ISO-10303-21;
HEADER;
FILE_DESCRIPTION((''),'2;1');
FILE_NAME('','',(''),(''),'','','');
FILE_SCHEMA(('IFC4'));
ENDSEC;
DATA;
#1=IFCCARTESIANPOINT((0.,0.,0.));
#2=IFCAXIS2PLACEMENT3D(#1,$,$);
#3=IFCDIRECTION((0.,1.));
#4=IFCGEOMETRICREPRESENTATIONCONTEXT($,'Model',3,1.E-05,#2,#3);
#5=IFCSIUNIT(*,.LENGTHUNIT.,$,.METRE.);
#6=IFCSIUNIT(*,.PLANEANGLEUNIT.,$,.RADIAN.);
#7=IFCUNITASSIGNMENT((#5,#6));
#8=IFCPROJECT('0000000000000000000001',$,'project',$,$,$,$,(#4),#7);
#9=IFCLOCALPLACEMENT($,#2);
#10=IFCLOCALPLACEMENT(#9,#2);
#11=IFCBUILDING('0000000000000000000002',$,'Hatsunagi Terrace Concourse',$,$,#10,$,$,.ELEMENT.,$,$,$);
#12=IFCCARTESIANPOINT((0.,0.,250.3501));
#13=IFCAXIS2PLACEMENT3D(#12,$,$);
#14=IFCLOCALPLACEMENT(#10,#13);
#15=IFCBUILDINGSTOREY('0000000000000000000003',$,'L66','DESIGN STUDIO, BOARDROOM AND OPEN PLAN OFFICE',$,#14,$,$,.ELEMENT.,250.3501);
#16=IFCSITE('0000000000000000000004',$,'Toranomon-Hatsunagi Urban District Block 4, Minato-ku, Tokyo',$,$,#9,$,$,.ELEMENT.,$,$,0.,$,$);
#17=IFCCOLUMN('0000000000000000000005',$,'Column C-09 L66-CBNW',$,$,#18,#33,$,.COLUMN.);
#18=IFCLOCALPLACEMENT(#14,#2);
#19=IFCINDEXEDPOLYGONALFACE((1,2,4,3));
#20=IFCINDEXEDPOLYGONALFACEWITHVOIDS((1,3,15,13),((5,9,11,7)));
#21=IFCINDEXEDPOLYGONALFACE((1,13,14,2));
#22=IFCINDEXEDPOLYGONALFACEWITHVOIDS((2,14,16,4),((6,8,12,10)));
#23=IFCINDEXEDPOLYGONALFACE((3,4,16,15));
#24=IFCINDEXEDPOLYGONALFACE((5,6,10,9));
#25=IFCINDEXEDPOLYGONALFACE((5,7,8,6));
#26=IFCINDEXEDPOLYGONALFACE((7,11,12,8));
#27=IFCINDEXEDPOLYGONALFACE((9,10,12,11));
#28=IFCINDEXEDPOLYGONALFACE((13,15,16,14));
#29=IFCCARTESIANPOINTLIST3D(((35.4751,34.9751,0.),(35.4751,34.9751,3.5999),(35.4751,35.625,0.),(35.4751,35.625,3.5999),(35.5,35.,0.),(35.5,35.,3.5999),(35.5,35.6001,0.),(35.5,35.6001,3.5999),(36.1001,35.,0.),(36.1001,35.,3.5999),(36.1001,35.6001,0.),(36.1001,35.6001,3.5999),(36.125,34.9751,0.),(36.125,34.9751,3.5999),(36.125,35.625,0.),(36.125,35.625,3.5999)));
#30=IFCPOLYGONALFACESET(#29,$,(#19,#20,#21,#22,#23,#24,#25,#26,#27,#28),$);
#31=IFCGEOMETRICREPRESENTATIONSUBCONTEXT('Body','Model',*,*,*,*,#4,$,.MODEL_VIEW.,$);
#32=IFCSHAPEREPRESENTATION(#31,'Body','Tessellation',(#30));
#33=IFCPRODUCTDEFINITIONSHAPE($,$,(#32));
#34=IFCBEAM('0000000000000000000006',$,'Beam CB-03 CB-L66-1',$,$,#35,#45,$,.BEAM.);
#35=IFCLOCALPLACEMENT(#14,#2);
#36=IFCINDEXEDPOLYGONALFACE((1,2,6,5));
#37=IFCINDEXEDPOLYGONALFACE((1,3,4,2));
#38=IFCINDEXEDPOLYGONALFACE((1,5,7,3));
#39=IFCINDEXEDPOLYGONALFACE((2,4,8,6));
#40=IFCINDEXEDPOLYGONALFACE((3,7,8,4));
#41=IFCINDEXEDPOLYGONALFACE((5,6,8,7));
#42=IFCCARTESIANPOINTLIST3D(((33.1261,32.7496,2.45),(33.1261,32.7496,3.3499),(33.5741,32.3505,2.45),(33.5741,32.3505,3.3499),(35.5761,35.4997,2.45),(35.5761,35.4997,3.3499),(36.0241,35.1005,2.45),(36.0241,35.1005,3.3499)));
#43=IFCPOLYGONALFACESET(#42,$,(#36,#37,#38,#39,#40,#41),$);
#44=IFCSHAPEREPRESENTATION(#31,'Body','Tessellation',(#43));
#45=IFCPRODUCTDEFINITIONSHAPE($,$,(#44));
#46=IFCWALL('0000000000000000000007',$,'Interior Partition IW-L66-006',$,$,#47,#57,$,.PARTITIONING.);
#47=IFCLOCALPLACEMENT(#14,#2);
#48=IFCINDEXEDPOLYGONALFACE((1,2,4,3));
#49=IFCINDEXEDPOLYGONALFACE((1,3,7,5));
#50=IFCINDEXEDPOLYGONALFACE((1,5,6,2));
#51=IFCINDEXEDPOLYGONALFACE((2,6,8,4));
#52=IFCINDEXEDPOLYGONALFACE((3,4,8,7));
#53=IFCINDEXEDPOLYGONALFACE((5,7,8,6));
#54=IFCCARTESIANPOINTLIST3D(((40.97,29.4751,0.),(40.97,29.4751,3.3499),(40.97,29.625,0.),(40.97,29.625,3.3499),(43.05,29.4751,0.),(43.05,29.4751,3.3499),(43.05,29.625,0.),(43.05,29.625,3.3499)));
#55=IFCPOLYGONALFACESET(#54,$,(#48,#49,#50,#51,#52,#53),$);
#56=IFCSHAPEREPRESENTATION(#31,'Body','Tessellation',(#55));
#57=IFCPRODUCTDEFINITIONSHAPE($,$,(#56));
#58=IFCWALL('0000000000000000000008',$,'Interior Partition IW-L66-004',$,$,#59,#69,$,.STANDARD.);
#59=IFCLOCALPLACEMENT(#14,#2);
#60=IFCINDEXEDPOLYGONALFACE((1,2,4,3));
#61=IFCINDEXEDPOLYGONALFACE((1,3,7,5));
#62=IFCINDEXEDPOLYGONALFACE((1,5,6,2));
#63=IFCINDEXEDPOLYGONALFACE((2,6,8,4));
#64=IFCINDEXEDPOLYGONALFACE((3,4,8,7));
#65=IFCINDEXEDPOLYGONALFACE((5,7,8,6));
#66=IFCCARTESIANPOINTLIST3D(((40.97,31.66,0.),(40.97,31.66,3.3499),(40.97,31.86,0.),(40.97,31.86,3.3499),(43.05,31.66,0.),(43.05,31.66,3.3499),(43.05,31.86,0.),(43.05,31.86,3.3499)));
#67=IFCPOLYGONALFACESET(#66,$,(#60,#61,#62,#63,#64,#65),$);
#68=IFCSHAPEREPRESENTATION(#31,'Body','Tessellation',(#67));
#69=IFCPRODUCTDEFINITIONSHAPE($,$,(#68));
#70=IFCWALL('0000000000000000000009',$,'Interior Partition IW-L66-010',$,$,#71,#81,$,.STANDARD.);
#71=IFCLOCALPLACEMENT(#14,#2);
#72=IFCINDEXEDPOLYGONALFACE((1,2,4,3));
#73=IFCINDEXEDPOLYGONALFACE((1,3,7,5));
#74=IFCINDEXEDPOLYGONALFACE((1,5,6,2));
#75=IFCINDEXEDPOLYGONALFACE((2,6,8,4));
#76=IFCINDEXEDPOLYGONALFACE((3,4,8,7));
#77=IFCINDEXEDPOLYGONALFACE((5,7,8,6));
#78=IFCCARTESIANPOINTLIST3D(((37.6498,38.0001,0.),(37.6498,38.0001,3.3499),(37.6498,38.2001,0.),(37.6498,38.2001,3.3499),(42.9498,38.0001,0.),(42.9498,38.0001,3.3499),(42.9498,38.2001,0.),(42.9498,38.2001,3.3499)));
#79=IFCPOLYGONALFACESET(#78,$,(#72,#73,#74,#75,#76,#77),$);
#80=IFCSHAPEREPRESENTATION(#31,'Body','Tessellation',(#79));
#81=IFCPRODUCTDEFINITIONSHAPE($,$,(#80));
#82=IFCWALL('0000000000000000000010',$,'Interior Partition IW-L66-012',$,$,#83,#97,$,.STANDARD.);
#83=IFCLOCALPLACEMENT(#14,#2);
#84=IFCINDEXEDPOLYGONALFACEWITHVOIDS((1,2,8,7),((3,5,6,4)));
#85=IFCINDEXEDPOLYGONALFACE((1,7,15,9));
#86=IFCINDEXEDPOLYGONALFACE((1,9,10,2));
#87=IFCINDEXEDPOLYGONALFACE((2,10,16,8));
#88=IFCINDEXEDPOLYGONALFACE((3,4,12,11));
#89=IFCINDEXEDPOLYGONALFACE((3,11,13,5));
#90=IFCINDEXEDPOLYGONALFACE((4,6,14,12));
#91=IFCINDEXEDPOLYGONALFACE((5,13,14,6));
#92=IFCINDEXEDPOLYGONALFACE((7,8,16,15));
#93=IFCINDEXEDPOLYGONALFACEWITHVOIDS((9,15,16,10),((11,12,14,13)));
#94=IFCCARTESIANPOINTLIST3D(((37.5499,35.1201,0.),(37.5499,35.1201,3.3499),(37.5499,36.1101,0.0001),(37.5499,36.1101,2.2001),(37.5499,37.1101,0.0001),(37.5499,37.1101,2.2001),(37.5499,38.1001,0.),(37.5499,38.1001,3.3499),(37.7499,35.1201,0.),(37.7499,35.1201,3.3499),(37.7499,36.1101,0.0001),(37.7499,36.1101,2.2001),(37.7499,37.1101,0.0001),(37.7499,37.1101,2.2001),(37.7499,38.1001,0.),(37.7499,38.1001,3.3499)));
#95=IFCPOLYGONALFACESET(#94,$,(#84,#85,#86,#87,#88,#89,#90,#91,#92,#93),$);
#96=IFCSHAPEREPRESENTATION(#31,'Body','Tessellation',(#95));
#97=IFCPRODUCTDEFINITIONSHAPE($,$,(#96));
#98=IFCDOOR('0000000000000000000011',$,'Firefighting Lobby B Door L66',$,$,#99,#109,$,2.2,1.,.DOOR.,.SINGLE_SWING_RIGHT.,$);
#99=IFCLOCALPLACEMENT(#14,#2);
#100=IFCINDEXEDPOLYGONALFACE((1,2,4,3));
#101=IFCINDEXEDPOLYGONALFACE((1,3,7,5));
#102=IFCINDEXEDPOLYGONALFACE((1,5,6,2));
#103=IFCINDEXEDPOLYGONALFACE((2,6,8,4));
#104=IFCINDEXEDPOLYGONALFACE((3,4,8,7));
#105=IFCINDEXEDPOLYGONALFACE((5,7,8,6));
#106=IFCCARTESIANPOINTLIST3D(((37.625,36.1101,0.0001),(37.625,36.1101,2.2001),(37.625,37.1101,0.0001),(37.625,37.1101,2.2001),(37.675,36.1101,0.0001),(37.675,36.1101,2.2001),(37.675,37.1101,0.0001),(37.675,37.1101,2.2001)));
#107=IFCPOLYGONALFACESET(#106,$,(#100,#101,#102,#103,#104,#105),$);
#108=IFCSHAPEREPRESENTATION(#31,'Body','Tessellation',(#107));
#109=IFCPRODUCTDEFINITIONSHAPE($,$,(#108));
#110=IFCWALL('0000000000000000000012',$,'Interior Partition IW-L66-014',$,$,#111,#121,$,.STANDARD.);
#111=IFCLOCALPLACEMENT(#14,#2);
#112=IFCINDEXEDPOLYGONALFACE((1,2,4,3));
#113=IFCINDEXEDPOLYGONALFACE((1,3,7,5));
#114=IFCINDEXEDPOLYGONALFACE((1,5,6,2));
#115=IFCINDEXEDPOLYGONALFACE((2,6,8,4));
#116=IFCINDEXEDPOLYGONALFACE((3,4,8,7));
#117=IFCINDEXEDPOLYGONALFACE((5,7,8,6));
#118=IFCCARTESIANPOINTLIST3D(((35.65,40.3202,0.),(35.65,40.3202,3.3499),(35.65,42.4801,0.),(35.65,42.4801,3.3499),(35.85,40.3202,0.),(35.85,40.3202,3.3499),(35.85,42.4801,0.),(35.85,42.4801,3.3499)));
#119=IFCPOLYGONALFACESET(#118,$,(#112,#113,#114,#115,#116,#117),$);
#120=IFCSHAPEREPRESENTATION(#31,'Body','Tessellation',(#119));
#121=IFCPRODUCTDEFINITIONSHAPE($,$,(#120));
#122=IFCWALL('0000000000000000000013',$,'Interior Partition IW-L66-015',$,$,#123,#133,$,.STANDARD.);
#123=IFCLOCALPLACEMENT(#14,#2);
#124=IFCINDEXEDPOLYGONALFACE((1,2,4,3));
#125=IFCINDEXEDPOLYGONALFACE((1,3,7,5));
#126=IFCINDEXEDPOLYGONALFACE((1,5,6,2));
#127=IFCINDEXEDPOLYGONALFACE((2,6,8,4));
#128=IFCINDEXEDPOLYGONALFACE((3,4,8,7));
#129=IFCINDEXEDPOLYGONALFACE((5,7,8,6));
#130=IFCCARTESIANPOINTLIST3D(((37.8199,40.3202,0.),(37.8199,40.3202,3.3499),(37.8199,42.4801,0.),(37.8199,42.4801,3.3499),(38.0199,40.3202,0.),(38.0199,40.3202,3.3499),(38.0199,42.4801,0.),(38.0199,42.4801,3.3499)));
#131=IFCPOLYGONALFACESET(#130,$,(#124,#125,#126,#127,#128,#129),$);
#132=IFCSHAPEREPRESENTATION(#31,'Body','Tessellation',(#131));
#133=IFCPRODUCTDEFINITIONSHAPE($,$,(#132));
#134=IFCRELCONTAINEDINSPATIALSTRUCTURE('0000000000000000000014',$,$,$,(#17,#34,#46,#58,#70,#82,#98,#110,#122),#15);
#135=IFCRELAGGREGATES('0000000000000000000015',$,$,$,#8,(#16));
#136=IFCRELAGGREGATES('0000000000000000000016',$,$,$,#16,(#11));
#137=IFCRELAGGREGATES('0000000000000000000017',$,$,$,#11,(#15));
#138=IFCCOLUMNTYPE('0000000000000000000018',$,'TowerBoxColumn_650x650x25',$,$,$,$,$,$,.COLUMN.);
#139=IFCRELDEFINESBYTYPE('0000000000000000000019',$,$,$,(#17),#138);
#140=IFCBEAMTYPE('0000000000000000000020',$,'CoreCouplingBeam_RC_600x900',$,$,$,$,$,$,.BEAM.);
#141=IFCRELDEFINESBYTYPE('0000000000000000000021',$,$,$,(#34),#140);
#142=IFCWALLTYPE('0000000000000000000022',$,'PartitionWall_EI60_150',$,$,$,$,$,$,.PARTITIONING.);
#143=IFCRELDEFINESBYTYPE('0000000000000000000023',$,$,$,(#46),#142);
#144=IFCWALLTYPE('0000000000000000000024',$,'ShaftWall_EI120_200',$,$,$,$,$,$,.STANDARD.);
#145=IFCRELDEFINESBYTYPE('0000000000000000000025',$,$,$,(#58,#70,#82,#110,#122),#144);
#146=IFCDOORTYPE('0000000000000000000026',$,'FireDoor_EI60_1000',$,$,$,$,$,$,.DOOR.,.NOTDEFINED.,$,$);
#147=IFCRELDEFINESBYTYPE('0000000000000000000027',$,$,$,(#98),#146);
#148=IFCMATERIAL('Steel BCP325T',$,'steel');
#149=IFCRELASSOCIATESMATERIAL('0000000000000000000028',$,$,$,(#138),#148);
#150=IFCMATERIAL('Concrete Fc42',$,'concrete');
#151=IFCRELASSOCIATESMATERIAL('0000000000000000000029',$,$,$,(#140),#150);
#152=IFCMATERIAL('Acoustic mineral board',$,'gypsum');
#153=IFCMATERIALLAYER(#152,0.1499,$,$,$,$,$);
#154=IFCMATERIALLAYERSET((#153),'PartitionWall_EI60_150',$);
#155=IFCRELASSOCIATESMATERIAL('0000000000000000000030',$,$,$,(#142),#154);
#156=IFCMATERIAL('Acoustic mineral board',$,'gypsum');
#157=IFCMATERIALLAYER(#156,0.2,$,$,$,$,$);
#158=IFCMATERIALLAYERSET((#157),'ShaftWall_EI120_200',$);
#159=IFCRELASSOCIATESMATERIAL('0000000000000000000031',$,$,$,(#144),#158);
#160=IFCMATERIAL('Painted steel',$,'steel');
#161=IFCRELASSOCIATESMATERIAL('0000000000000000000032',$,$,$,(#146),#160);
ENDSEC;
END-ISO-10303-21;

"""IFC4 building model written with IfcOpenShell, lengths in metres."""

from ifc_helpers import new_model, si_unit, direction, frame, frame_2d, origin, origin_2d, place, context, subcontext, project, spatial, rectangle, hollow_rectangle, extrude, material, layer, layer_set, material_profile, profile_set, type_object, element, fill, save


model = new_model("IFC4")

# Units and contexts
model_context = context("Model", 3, precision=1e-05, world=origin(), true_north=direction((0.0, 1.0)))
body_context = subcontext(model_context, "Body", "Model", "MODEL_VIEW")
ifc_project = project(units=[si_unit("LENGTHUNIT", "METRE"), si_unit("PLANEANGLEUNIT", "RADIAN")], contexts=[model_context])

# Site, building, storey
site_placement = place(None, origin())
site = spatial("IfcSite", under=ifc_project, at=site_placement, Name="Toranomon-Hatsunagi Urban District Block 4, Minato-ku, Tokyo", CompositionType="ELEMENT", RefElevation=0.0)
building_placement = place(site_placement, origin())
building = spatial("IfcBuilding", under=site, at=building_placement, Name="Hatsunagi Terrace Concourse", CompositionType="ELEMENT")
storey_placement = place(building_placement, frame((0.0, 0.0, 250.3501)))
storey = spatial("IfcBuildingStorey", under=building, at=storey_placement, Name="L66", Description="DESIGN STUDIO, BOARDROOM AND OPEN PLAN OFFICE", CompositionType="ELEMENT", Elevation=250.3501)

# Column
ifc_material_1 = material(Name="Steel BCP325T", Category="steel")
ifc_material_profile_1 = material_profile(ifc_material_1, hollow_rectangle(XDim=0.6499, YDim=0.6499, WallThickness=0.0249, at=origin_2d()), Name="BCP-650x650x25")
ifc_profile_set_1 = profile_set([ifc_material_profile_1], Name="Steel BCP325T")
column_type = type_object("IfcColumnType", Name="TowerBoxColumn_650x650x25", PredefinedType="COLUMN", material=ifc_profile_set_1)
column_placement = place(storey_placement, frame((35.8, 35.3, 0.0), z_axis=(0.0, 0.0, 1.0), x_axis=(1.0, 0.0, 0.0)))
element("IfcColumn", 1, at=column_placement, inside=storey, type_object=column_type, Name="Column C-09 L66-CBNW", PredefinedType="COLUMN", context=body_context, shape_type="SweptSolid", body=[
    extrude(hollow_rectangle(XDim=0.6499, YDim=0.6499, WallThickness=0.0249, at=origin_2d()), origin(), (0.0, 0.0, 1.0), 3.5999),
])

# Beam
ifc_material_2 = material(Name="Concrete Fc42", Category="concrete")
ifc_material_profile_2 = material_profile(ifc_material_2, rectangle(XDim=0.6001, YDim=0.8999, at=origin_2d()), Name="RC-600x900")
ifc_profile_set_2 = profile_set([ifc_material_profile_2], Name="Concrete Fc42")
beam_type = type_object("IfcBeamType", Name="CoreCouplingBeam_RC_600x900", PredefinedType="BEAM", material=ifc_profile_set_2)
beam_placement = place(storey_placement, frame((33.3501, 32.55, 2.8999), z_axis=(0.665199, 0.746666, 0.0), x_axis=(-0.746666, 0.665199, 0.0)))
element("IfcBeam", 2, at=beam_placement, inside=storey, type_object=beam_type, Name="Beam CB-03 CB-L66-1", PredefinedType="BEAM", context=body_context, shape_type="SweptSolid", body=[
    extrude(rectangle(XDim=0.6001, YDim=0.8999, at=origin_2d()), origin(), (0.0, 0.0, 1.0), 3.6831),
])

# Walls
ifc_material_3 = material(Name="Acoustic mineral board", Category="gypsum")
ifc_layer_1 = layer(ifc_material_3, 0.1499)
ifc_layer_set_1 = layer_set([ifc_layer_1], Name="PartitionWall_EI60_150")
wall_type_1 = type_object("IfcWallType", Name="PartitionWall_EI60_150", PredefinedType="PARTITIONING", material=ifc_layer_set_1)
wall_1_placement = place(storey_placement, frame((40.97, 29.55, 0.0), z_axis=(0.0, 0.0, 1.0), x_axis=(1.0, 0.0, 0.0)))
element("IfcWall", 3, at=wall_1_placement, inside=storey, type_object=wall_type_1, Name="Interior Partition IW-L66-006", PredefinedType="PARTITIONING", context=body_context, shape_type="SweptSolid", body=[
    extrude(rectangle(XDim=2.0801, YDim=0.1499, at=frame_2d((1.04, 0.0))), origin(), (0.0, 0.0, 1.0), 3.3499),
])
ifc_material_4 = material(Name="Acoustic mineral board", Category="gypsum")
ifc_layer_2 = layer(ifc_material_4, 0.2)
ifc_layer_set_2 = layer_set([ifc_layer_2], Name="ShaftWall_EI120_200")
wall_type_2 = type_object("IfcWallType", Name="ShaftWall_EI120_200", PredefinedType="STANDARD", material=ifc_layer_set_2)
wall_2_placement = place(storey_placement, frame((40.97, 31.76, 0.0), z_axis=(0.0, 0.0, 1.0), x_axis=(1.0, 0.0, 0.0)))
element("IfcWall", 4, at=wall_2_placement, inside=storey, type_object=wall_type_2, Name="Interior Partition IW-L66-004", PredefinedType="STANDARD", context=body_context, shape_type="SweptSolid", body=[
    extrude(rectangle(XDim=2.0801, YDim=0.2, at=frame_2d((1.04, 0.0))), origin(), (0.0, 0.0, 1.0), 3.3499),
])
wall_3_placement = place(storey_placement, frame((37.6499, 38.1001, 0.0), z_axis=(0.0, 0.0, 1.0), x_axis=(1.0, 0.0, 0.0)))
element("IfcWall", 5, at=wall_3_placement, inside=storey, type_object=wall_type_2, Name="Interior Partition IW-L66-010", PredefinedType="STANDARD", context=body_context, shape_type="SweptSolid", body=[
    extrude(rectangle(XDim=5.3, YDim=0.2, at=frame_2d((2.6499, 0.0))), origin(), (0.0, 0.0, 1.0), 3.3499),
])

# Wall, opening, door
wall_4_placement = place(storey_placement, frame((37.6499, 35.1201, 0.0), z_axis=(0.0, 0.0, 1.0), x_axis=(0.0, 1.0, 0.0)))
wall_4 = element("IfcWall", 6, at=wall_4_placement, inside=storey, type_object=wall_type_2, Name="Interior Partition IW-L66-012", PredefinedType="STANDARD", context=body_context, shape_type="SweptSolid", body=[
    extrude(rectangle(XDim=2.98, YDim=0.2, at=frame_2d((1.49, 0.0))), origin(), (0.0, 0.0, 1.0), 3.3499),
])
opening_1_placement = place(wall_4_placement, frame((0.99, 0.0, 0.0)))
opening_1 = element("IfcOpeningElement", 7, at=opening_1_placement, cuts=wall_4, PredefinedType="OPENING", context=body_context, shape_type="SweptSolid", body=[
    extrude(rectangle(XDim=1.0, YDim=2.2, at=frame_2d((0.5, 1.1001))), frame((0.0, 0.1099, 0.0), z_axis=(0.0, -1.0, 0.0), x_axis=(1.0, 0.0, 0.0)), (0.0, 0.0, 1.0), 0.22),
])
ifc_material_5 = material(Name="Painted steel", Category="steel")
door_type_1 = type_object("IfcDoorType", Name="FireDoor_EI60_1000", OperationType="NOTDEFINED", PredefinedType="DOOR", material=ifc_material_5)
door_1_placement = place(opening_1_placement, origin())
door_1 = element("IfcDoor", 8, at=door_1_placement, inside=storey, type_object=door_type_1, Name="Firefighting Lobby B Door L66", OperationType="SINGLE_SWING_RIGHT", OverallHeight=2.2, OverallWidth=1.0, PredefinedType="DOOR", context=body_context, shape_type="SweptSolid", body=[
    extrude(rectangle(XDim=1.0, YDim=2.2, at=frame_2d((0.5, 1.1001))), frame((0.0, 0.0249, 0.0), z_axis=(0.0, -1.0, 0.0), x_axis=(1.0, 0.0, 0.0)), (0.0, 0.0, 1.0), 0.05),
])
fill(opening_1, door_1)

# Walls
for number, where, z_axis, x_axis, name in (
    (9, (35.75, 40.3201, 0.0), (0.0, 0.0, 1.0), (0.0, 1.0, 0.0), "Interior Partition IW-L66-014"),
    (10, (37.9199, 40.3201, 0.0), (0.0, 0.0, 1.0), (0.0, 1.0, 0.0), "Interior Partition IW-L66-015"),
):
    element("IfcWall", number, at=place(storey_placement, frame(where, z_axis=z_axis, x_axis=x_axis)), inside=storey, type_object=wall_type_2, Name=name, PredefinedType="STANDARD", context=body_context, shape_type="SweptSolid", body=[
        extrude(rectangle(XDim=2.1599, YDim=0.2, at=frame_2d((1.0801, 0.0))), origin(), (0.0, 0.0, 1.0), 3.3499),
    ])

save(model, "model.ifc")
